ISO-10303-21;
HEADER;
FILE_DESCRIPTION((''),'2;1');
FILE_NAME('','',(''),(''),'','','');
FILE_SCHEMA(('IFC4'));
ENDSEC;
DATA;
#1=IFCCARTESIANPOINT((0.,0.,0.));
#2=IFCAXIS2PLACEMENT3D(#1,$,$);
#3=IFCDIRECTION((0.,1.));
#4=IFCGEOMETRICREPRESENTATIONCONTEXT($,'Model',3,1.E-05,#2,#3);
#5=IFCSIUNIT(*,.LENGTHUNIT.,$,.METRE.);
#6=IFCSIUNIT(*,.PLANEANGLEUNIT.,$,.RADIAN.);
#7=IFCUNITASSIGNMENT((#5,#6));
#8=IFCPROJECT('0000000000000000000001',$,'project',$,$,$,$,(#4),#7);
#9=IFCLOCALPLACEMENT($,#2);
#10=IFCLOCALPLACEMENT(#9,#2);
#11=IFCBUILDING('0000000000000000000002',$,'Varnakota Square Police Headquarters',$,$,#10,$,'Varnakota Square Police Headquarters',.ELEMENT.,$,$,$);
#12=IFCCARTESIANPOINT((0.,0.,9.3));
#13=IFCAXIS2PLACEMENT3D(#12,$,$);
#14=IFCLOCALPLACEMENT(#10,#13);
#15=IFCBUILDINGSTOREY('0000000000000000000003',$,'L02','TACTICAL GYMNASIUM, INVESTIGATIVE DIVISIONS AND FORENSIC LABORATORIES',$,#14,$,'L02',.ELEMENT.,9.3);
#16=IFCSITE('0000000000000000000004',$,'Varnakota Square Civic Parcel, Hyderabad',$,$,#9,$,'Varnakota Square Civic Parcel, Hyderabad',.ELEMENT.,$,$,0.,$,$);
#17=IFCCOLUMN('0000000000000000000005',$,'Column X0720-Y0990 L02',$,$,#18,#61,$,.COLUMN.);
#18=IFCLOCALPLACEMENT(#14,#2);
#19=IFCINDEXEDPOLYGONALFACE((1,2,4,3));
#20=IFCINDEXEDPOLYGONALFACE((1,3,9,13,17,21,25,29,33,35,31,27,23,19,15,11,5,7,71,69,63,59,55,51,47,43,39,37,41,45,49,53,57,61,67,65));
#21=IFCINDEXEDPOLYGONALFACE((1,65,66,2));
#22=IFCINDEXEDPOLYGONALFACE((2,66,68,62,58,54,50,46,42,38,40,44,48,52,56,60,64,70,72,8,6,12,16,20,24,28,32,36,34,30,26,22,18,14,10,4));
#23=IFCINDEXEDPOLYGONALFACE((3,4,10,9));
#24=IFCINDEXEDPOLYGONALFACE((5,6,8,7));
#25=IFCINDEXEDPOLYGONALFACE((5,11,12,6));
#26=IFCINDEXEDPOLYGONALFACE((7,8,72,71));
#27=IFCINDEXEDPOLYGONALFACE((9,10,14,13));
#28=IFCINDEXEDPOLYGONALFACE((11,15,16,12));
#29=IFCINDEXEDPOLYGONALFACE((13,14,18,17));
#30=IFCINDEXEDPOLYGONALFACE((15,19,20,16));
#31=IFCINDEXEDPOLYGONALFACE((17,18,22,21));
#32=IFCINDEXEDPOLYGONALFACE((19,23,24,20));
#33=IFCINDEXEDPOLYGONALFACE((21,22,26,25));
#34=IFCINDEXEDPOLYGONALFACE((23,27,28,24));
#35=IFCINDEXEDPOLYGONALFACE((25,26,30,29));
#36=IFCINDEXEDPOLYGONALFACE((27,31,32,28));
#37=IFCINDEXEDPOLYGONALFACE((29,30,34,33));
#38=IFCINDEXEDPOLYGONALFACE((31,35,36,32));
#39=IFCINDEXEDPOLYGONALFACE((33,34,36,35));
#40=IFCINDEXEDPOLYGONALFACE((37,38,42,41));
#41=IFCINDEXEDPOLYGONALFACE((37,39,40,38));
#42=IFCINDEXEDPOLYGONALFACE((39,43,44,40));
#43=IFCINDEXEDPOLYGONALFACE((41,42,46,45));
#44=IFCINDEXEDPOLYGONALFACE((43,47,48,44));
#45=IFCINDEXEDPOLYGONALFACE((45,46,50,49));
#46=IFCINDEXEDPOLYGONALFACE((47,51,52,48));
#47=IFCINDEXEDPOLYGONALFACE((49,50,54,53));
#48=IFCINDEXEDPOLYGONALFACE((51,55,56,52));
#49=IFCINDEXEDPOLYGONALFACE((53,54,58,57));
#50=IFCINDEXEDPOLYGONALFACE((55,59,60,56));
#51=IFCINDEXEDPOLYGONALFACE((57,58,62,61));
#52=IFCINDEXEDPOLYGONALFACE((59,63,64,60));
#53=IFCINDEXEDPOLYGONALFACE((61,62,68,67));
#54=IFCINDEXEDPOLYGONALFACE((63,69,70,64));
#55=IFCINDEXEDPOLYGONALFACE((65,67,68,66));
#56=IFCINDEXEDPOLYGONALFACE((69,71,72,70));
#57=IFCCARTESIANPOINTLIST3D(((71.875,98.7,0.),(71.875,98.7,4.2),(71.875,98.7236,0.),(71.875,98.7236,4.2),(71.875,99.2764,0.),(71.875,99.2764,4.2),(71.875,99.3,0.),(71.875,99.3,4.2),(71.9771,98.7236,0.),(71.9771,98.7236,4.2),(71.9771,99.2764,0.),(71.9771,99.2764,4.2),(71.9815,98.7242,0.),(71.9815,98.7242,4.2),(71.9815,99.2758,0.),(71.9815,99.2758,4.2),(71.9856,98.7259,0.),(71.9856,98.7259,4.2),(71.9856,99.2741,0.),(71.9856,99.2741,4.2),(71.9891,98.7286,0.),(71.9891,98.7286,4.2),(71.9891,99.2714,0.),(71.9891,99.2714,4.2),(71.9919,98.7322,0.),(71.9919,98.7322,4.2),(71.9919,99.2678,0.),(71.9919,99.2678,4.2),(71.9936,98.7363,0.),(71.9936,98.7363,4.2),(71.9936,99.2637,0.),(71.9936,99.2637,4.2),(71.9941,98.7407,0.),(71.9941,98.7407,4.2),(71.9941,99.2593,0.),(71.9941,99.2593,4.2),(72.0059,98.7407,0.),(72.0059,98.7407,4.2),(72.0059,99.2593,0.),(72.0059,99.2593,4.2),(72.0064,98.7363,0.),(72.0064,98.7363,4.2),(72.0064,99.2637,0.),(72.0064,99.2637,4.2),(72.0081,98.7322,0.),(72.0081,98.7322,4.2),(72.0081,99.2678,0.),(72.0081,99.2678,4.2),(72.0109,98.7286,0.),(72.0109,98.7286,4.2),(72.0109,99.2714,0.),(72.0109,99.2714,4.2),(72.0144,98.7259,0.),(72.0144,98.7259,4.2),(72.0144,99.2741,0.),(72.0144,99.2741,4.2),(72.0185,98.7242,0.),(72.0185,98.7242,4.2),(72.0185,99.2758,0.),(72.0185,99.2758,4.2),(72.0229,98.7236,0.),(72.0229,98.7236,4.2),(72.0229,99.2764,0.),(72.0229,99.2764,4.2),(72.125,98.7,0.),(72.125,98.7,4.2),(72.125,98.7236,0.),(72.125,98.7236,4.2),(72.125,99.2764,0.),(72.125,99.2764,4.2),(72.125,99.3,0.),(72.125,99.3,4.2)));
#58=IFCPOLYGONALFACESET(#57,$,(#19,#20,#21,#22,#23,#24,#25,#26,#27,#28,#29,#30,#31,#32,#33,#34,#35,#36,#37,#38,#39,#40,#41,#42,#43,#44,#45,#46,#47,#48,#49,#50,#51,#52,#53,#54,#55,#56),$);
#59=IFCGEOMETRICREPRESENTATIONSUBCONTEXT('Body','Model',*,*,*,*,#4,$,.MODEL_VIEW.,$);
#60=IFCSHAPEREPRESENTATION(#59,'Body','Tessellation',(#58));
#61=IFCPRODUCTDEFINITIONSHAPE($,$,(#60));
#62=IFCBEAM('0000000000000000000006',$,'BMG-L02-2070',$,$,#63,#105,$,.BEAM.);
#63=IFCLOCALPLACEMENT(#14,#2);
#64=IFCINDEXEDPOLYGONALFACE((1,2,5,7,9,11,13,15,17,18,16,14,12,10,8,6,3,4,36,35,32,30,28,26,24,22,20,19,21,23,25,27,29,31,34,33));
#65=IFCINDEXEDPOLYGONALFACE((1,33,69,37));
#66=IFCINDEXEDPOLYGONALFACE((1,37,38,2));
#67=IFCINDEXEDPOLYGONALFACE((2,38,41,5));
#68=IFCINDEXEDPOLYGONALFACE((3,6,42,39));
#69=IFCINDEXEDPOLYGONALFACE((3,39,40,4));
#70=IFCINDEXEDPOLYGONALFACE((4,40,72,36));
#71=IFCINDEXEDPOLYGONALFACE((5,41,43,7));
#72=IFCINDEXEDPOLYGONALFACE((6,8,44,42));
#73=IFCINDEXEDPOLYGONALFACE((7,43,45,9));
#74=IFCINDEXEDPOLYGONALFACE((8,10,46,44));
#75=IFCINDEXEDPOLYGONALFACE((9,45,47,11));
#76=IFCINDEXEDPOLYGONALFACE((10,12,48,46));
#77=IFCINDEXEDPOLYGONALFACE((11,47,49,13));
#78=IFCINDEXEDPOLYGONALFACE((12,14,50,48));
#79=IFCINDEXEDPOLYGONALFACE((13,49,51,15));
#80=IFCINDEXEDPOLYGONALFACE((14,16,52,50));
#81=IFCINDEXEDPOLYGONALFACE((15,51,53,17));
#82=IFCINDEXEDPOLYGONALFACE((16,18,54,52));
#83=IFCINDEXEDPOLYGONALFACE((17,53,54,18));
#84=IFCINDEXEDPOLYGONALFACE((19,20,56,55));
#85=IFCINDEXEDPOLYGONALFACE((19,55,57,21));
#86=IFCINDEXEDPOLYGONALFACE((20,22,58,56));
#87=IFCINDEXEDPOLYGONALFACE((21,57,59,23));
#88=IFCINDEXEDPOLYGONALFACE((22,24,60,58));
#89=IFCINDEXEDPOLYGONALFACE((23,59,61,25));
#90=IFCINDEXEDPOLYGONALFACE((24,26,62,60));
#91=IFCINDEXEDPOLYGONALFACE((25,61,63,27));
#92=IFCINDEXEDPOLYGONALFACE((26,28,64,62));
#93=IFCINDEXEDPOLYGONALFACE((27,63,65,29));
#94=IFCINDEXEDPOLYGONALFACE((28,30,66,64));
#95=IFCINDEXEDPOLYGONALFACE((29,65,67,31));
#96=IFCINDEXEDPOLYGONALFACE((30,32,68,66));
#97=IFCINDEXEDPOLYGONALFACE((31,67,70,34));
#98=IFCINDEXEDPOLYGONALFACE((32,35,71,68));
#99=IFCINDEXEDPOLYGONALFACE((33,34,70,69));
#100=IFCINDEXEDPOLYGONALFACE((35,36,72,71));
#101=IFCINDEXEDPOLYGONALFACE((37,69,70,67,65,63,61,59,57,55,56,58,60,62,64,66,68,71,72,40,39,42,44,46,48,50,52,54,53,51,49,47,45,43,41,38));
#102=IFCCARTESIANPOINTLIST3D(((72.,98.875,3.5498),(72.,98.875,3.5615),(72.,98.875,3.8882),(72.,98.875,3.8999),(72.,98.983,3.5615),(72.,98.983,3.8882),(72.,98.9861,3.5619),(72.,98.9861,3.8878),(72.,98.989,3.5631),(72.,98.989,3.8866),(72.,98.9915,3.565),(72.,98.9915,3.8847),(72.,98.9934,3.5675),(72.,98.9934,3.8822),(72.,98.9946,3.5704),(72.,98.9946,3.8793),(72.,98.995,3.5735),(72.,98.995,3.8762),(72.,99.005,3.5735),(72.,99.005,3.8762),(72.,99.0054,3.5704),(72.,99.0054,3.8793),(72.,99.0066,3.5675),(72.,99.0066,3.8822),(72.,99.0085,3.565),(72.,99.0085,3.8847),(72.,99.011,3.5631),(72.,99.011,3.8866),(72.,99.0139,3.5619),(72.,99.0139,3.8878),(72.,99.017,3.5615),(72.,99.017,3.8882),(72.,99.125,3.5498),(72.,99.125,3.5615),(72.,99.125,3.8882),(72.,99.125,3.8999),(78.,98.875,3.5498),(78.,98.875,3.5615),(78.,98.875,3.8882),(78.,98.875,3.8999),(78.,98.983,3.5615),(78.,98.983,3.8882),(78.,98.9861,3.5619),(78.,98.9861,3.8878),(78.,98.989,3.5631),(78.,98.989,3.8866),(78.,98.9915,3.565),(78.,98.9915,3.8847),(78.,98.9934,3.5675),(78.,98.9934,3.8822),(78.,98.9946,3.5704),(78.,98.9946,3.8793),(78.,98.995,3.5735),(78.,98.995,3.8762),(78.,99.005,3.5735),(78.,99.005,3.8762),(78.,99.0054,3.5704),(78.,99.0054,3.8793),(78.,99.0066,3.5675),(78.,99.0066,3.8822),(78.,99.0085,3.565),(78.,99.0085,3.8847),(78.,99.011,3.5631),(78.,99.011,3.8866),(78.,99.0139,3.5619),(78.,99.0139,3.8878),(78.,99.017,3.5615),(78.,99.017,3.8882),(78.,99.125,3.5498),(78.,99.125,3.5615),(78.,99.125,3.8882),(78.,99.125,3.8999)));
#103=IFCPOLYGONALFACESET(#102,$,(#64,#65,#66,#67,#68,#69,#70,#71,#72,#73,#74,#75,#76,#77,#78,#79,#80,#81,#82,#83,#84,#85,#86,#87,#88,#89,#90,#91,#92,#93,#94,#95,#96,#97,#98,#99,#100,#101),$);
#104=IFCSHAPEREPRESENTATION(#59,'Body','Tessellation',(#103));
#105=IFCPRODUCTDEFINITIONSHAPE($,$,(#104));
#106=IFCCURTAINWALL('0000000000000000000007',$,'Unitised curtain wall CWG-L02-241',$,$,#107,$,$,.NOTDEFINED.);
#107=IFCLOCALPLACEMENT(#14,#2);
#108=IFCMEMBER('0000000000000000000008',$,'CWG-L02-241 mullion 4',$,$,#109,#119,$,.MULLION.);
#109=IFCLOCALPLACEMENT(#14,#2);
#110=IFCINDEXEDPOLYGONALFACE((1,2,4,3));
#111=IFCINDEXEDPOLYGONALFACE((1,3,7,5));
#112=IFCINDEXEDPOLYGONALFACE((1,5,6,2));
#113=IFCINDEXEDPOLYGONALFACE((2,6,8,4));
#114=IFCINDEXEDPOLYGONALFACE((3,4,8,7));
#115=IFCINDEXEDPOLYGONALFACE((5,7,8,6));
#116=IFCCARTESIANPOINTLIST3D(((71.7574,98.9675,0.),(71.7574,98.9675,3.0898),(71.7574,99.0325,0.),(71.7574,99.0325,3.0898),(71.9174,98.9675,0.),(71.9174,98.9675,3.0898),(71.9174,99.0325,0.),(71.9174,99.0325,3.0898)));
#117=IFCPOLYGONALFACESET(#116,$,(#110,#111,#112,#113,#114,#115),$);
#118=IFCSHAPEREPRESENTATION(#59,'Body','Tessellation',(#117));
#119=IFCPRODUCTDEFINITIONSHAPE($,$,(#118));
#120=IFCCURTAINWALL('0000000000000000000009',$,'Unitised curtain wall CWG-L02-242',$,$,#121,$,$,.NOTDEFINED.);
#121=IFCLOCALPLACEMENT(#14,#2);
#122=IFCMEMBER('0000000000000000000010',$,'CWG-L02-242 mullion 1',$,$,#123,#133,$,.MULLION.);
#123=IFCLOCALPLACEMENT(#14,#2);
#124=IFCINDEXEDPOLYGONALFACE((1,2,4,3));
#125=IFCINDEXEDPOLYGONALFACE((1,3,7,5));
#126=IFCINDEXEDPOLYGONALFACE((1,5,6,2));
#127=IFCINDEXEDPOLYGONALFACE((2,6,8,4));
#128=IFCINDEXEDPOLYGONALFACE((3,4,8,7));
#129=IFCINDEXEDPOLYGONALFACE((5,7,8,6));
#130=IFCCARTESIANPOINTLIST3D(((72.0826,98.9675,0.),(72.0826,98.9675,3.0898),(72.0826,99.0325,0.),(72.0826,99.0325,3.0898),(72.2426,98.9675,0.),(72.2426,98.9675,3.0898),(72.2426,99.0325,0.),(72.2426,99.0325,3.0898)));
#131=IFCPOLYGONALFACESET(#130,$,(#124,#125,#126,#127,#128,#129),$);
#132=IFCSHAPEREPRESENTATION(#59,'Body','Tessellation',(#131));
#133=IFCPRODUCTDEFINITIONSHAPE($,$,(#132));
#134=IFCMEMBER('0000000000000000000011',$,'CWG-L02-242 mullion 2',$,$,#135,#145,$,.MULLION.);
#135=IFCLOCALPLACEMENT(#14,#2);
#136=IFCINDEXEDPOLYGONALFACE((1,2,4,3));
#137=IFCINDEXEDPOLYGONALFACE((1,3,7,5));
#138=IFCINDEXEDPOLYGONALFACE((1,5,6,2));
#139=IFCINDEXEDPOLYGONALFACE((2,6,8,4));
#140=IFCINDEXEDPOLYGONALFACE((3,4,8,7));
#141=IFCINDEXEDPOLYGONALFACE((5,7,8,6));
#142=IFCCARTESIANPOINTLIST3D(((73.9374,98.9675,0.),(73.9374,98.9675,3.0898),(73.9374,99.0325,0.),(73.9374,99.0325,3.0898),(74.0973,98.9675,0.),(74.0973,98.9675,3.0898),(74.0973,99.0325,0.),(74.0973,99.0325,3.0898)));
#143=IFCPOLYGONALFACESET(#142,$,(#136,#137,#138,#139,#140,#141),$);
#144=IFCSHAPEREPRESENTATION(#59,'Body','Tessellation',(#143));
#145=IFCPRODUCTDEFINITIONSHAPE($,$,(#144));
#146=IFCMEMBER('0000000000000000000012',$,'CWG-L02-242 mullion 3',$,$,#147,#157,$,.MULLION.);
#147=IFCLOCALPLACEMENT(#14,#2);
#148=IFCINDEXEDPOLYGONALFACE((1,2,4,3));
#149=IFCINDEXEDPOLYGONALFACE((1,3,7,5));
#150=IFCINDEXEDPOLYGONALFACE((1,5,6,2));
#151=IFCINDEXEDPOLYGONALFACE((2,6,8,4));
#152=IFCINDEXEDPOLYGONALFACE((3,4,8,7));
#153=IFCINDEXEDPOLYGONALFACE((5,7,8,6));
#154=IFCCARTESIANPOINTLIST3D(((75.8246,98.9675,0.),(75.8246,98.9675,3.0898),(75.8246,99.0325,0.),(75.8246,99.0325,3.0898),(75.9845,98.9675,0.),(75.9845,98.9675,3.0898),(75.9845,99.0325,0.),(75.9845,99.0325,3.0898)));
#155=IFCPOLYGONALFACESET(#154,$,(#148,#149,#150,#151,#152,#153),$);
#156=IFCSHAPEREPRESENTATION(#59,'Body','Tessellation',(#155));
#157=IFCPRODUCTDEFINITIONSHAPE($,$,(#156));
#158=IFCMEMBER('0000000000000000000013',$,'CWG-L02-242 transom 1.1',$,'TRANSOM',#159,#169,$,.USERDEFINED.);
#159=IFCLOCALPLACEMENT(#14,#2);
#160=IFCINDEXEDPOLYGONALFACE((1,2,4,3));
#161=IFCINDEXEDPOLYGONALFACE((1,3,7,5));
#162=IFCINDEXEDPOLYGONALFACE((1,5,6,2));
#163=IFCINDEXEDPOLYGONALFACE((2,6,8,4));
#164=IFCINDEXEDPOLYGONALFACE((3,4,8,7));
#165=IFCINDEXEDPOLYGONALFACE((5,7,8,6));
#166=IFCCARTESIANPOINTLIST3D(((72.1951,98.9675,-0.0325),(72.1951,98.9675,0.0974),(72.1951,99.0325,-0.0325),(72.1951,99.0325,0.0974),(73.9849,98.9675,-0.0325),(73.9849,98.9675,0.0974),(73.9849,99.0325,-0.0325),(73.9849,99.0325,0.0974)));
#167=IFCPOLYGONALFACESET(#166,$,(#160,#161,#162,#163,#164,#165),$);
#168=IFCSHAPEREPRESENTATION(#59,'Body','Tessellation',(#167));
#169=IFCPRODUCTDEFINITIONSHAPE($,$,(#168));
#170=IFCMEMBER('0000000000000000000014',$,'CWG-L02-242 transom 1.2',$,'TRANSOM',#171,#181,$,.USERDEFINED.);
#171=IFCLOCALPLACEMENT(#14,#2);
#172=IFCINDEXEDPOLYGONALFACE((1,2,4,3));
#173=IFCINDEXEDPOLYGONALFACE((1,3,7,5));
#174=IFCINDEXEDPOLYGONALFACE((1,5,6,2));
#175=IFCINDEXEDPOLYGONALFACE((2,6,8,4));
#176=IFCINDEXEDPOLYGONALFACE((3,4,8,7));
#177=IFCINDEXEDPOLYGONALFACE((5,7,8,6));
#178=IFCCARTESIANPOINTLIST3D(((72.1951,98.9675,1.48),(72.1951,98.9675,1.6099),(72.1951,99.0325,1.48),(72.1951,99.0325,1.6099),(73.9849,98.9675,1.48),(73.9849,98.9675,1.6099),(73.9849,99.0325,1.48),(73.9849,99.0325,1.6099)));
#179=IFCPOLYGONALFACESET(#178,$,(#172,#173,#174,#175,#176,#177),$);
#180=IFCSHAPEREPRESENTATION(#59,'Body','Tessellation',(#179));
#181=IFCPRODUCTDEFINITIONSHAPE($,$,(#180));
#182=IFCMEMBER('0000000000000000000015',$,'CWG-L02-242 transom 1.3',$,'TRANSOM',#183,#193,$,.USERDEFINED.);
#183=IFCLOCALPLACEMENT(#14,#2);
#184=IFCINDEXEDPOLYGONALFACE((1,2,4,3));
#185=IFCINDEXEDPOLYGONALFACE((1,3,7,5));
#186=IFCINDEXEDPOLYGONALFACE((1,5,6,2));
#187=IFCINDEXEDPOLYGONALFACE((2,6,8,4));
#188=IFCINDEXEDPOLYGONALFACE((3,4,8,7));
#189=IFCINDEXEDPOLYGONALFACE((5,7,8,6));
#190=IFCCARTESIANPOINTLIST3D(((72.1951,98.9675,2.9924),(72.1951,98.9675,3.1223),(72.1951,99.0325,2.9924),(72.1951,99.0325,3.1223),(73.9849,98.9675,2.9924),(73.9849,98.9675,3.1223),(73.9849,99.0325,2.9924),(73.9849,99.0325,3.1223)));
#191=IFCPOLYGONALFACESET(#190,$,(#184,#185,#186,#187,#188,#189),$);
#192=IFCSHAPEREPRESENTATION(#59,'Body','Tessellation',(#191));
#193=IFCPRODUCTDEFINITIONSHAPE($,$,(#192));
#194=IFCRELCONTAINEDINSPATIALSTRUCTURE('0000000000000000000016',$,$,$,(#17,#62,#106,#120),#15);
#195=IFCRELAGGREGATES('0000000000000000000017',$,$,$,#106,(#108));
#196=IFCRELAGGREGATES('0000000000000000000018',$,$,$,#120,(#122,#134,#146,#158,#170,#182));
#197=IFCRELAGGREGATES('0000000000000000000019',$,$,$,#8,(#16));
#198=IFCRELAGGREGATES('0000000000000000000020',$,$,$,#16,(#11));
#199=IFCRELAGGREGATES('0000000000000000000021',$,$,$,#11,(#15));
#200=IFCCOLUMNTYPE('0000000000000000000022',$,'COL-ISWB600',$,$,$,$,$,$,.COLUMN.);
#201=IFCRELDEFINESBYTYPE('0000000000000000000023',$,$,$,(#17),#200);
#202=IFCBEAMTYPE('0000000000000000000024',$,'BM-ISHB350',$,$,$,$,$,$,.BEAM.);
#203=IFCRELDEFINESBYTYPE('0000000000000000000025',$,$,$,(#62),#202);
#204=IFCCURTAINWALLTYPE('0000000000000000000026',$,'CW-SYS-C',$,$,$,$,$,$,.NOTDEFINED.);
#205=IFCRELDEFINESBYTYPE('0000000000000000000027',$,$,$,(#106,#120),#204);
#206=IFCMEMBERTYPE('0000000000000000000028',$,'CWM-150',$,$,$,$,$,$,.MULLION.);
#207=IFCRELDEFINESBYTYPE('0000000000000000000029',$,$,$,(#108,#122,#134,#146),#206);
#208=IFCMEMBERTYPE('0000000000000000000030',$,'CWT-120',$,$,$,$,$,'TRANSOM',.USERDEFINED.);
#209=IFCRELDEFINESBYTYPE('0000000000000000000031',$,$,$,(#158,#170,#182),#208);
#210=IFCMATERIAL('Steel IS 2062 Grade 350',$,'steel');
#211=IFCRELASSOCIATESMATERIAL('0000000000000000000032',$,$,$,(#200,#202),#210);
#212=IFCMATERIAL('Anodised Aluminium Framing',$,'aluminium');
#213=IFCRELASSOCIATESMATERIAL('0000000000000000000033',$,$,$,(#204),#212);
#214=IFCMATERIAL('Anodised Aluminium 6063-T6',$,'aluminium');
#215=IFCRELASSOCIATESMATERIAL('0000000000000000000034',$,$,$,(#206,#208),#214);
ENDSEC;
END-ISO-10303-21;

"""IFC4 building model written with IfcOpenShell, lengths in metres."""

from ifc_helpers import new_model, si_unit, direction, frame, origin, origin_2d, place, context, subcontext, project, spatial, rectangle, i_section, extrude, material, material_profile, profile_set, type_object, element, aggregate, save


model = new_model("IFC4")

# Units and contexts
model_context = context("Model", 3, precision=1e-05, world=origin(), true_north=direction((0.0, 1.0)))
body_context = subcontext(model_context, "Body", "Model", "MODEL_VIEW")
ifc_project = project(units=[si_unit("LENGTHUNIT", "METRE"), si_unit("PLANEANGLEUNIT", "RADIAN")], contexts=[model_context])

# Site, building, storey
site_placement = place(None, origin())
site = spatial("IfcSite", under=ifc_project, at=site_placement, Name="Varnakota Square Civic Parcel, Hyderabad", LongName="Varnakota Square Civic Parcel, Hyderabad", CompositionType="ELEMENT", RefElevation=0.0)
building_placement = place(site_placement, origin())
building = spatial("IfcBuilding", under=site, at=building_placement, Name="Varnakota Square Police Headquarters", LongName="Varnakota Square Police Headquarters", CompositionType="ELEMENT")
storey_placement = place(building_placement, frame((0.0, 0.0, 9.3)))
storey = spatial("IfcBuildingStorey", under=building, at=storey_placement, Name="L02", Description="TACTICAL GYMNASIUM, INVESTIGATIVE DIVISIONS AND FORENSIC LABORATORIES", LongName="L02", CompositionType="ELEMENT", Elevation=9.3)

# Column
ifc_material_1 = material(Name="Steel IS 2062 Grade 350", Category="steel")
ifc_material_profile_1 = material_profile(ifc_material_1, i_section(OverallWidth=0.25, OverallDepth=0.6001, WebThickness=0.0117, FlangeThickness=0.0237, FilletRadius=0.0171, at=origin_2d()), Name="ISWB 600")
ifc_profile_set_1 = profile_set([ifc_material_profile_1], Name="Steel IS 2062 Grade 350")
column_type = type_object("IfcColumnType", Name="COL-ISWB600", PredefinedType="COLUMN", material=ifc_profile_set_1)
column_placement = place(storey_placement, frame((72.0, 99.0, 0.0), z_axis=(0.0, 0.0, 1.0), x_axis=(1.0, 0.0, 0.0)))
element("IfcColumn", 1, at=column_placement, inside=storey, type_object=column_type, Name="Column X0720-Y0990 L02", PredefinedType="COLUMN", context=body_context, shape_type="SweptSolid", body=[
    extrude(i_section(OverallWidth=0.25, OverallDepth=0.6001, WebThickness=0.0117, FlangeThickness=0.0237, FilletRadius=0.0171, at=origin_2d()), origin(), (0.0, 0.0, 1.0), 4.2),
])

# Beam
ifc_material_profile_2 = material_profile(ifc_material_1, i_section(OverallWidth=0.25, OverallDepth=0.3501, WebThickness=0.01, FlangeThickness=0.0117, FilletRadius=0.012, at=origin_2d()), Name="ISHB 350")
ifc_profile_set_2 = profile_set([ifc_material_profile_2], Name="Steel IS 2062 Grade 350")
beam_type = type_object("IfcBeamType", Name="BM-ISHB350", PredefinedType="BEAM", material=ifc_profile_set_2)
beam_placement = place(storey_placement, frame((72.0, 99.0, 3.7249), z_axis=(1.0, 0.0, 0.0), x_axis=(0.0, 1.0, 0.0)))
element("IfcBeam", 2, at=beam_placement, inside=storey, type_object=beam_type, Name="BMG-L02-2070", PredefinedType="BEAM", context=body_context, shape_type="SweptSolid", body=[
    extrude(i_section(OverallWidth=0.25, OverallDepth=0.3501, WebThickness=0.01, FlangeThickness=0.0117, FilletRadius=0.012, at=origin_2d()), origin(), (0.0, 0.0, 1.0), 6.0),
])

# Curtain wall, member
ifc_material_2 = material(Name="Anodised Aluminium Framing", Category="aluminium")
curtain_wall_type = type_object("IfcCurtainWallType", Name="CW-SYS-C", PredefinedType="NOTDEFINED", material=ifc_material_2)
curtain_wall_1_placement = place(storey_placement, origin())
curtain_wall_1 = element("IfcCurtainWall", 3, at=curtain_wall_1_placement, inside=storey, type_object=curtain_wall_type, Name="Unitised curtain wall CWG-L02-241", PredefinedType="NOTDEFINED")
ifc_material_3 = material(Name="Anodised Aluminium 6063-T6", Category="aluminium")
ifc_material_profile_3 = material_profile(ifc_material_3, rectangle(XDim=0.0649, YDim=0.1599, at=origin_2d()), Name="ALU MULLION 65x160")
ifc_profile_set_3 = profile_set([ifc_material_profile_3], Name="Anodised Aluminium 6063-T6")
member_type_1 = type_object("IfcMemberType", Name="CWM-150", PredefinedType="MULLION", material=ifc_profile_set_3)
member_1_placement = place(storey_placement, frame((71.8374, 99.0, 0.0), z_axis=(0.0, 0.0, 1.0), x_axis=(0.0, 1.0, 0.0)))
member_1 = element("IfcMember", 4, at=member_1_placement, type_object=member_type_1, Name="CWG-L02-241 mullion 4", PredefinedType="MULLION", context=body_context, shape_type="SweptSolid", body=[
    extrude(rectangle(XDim=0.0649, YDim=0.1599, at=origin_2d()), origin(), (0.0, 0.0, 1.0), 3.0898),
])

# Curtain wall, members
curtain_wall_2_placement = place(storey_placement, origin())
curtain_wall_2 = element("IfcCurtainWall", 5, at=curtain_wall_2_placement, inside=storey, type_object=curtain_wall_type, Name="Unitised curtain wall CWG-L02-242", PredefinedType="NOTDEFINED")
member_2_placement = place(storey_placement, frame((72.1626, 99.0, 0.0), z_axis=(0.0, 0.0, 1.0), x_axis=(0.0, 1.0, 0.0)))
member_2 = element("IfcMember", 6, at=member_2_placement, type_object=member_type_1, Name="CWG-L02-242 mullion 1", PredefinedType="MULLION", context=body_context, shape_type="SweptSolid", body=[
    extrude(rectangle(XDim=0.0649, YDim=0.1599, at=origin_2d()), origin(), (0.0, 0.0, 1.0), 3.0898),
])
member_3_placement = place(storey_placement, frame((74.0173, 99.0, 0.0), z_axis=(0.0, 0.0, 1.0), x_axis=(0.0, 1.0, 0.0)))
member_3 = element("IfcMember", 7, at=member_3_placement, type_object=member_type_1, Name="CWG-L02-242 mullion 2", PredefinedType="MULLION", context=body_context, shape_type="SweptSolid", body=[
    extrude(rectangle(XDim=0.0649, YDim=0.1599, at=origin_2d()), origin(), (0.0, 0.0, 1.0), 3.0898),
])
member_4_placement = place(storey_placement, frame((75.9045, 99.0, 0.0), z_axis=(0.0, 0.0, 1.0), x_axis=(0.0, 1.0, 0.0)))
member_4 = element("IfcMember", 8, at=member_4_placement, type_object=member_type_1, Name="CWG-L02-242 mullion 3", PredefinedType="MULLION", context=body_context, shape_type="SweptSolid", body=[
    extrude(rectangle(XDim=0.0649, YDim=0.1599, at=origin_2d()), origin(), (0.0, 0.0, 1.0), 3.0898),
])
ifc_material_profile_4 = material_profile(ifc_material_3, rectangle(XDim=0.0649, YDim=0.1299, at=origin_2d()), Name="ALU TRANSOM 65x130")
ifc_profile_set_4 = profile_set([ifc_material_profile_4], Name="Anodised Aluminium 6063-T6")
member_type_2 = type_object("IfcMemberType", Name="CWT-120", ElementType="TRANSOM", PredefinedType="USERDEFINED", material=ifc_profile_set_4)
member_5_placement = place(storey_placement, frame((72.1951, 99.0, 0.0325), z_axis=(1.0, 0.0, 0.0), x_axis=(0.0, 1.0, 0.0)))
member_5 = element("IfcMember", 9, at=member_5_placement, type_object=member_type_2, Name="CWG-L02-242 transom 1.1", ObjectType="TRANSOM", PredefinedType="USERDEFINED", context=body_context, shape_type="SweptSolid", body=[
    extrude(rectangle(XDim=0.0649, YDim=0.1299, at=origin_2d()), origin(), (0.0, 0.0, 1.0), 1.7898),
])
member_6_placement = place(storey_placement, frame((72.1951, 99.0, 1.5449), z_axis=(1.0, 0.0, 0.0), x_axis=(0.0, 1.0, 0.0)))
member_6 = element("IfcMember", 10, at=member_6_placement, type_object=member_type_2, Name="CWG-L02-242 transom 1.2", ObjectType="TRANSOM", PredefinedType="USERDEFINED", context=body_context, shape_type="SweptSolid", body=[
    extrude(rectangle(XDim=0.0649, YDim=0.1299, at=origin_2d()), origin(), (0.0, 0.0, 1.0), 1.7898),
])
member_7_placement = place(storey_placement, frame((72.1951, 99.0, 3.0574), z_axis=(1.0, 0.0, 0.0), x_axis=(0.0, 1.0, 0.0)))
member_7 = element("IfcMember", 11, at=member_7_placement, type_object=member_type_2, Name="CWG-L02-242 transom 1.3", ObjectType="TRANSOM", PredefinedType="USERDEFINED", context=body_context, shape_type="SweptSolid", body=[
    extrude(rectangle(XDim=0.0649, YDim=0.1299, at=origin_2d()), origin(), (0.0, 0.0, 1.0), 1.7898),
])

aggregate(curtain_wall_1, [member_1])
aggregate(curtain_wall_2, [member_2, member_3, member_4, member_5, member_6, member_7])

save(model, "model.ifc")
